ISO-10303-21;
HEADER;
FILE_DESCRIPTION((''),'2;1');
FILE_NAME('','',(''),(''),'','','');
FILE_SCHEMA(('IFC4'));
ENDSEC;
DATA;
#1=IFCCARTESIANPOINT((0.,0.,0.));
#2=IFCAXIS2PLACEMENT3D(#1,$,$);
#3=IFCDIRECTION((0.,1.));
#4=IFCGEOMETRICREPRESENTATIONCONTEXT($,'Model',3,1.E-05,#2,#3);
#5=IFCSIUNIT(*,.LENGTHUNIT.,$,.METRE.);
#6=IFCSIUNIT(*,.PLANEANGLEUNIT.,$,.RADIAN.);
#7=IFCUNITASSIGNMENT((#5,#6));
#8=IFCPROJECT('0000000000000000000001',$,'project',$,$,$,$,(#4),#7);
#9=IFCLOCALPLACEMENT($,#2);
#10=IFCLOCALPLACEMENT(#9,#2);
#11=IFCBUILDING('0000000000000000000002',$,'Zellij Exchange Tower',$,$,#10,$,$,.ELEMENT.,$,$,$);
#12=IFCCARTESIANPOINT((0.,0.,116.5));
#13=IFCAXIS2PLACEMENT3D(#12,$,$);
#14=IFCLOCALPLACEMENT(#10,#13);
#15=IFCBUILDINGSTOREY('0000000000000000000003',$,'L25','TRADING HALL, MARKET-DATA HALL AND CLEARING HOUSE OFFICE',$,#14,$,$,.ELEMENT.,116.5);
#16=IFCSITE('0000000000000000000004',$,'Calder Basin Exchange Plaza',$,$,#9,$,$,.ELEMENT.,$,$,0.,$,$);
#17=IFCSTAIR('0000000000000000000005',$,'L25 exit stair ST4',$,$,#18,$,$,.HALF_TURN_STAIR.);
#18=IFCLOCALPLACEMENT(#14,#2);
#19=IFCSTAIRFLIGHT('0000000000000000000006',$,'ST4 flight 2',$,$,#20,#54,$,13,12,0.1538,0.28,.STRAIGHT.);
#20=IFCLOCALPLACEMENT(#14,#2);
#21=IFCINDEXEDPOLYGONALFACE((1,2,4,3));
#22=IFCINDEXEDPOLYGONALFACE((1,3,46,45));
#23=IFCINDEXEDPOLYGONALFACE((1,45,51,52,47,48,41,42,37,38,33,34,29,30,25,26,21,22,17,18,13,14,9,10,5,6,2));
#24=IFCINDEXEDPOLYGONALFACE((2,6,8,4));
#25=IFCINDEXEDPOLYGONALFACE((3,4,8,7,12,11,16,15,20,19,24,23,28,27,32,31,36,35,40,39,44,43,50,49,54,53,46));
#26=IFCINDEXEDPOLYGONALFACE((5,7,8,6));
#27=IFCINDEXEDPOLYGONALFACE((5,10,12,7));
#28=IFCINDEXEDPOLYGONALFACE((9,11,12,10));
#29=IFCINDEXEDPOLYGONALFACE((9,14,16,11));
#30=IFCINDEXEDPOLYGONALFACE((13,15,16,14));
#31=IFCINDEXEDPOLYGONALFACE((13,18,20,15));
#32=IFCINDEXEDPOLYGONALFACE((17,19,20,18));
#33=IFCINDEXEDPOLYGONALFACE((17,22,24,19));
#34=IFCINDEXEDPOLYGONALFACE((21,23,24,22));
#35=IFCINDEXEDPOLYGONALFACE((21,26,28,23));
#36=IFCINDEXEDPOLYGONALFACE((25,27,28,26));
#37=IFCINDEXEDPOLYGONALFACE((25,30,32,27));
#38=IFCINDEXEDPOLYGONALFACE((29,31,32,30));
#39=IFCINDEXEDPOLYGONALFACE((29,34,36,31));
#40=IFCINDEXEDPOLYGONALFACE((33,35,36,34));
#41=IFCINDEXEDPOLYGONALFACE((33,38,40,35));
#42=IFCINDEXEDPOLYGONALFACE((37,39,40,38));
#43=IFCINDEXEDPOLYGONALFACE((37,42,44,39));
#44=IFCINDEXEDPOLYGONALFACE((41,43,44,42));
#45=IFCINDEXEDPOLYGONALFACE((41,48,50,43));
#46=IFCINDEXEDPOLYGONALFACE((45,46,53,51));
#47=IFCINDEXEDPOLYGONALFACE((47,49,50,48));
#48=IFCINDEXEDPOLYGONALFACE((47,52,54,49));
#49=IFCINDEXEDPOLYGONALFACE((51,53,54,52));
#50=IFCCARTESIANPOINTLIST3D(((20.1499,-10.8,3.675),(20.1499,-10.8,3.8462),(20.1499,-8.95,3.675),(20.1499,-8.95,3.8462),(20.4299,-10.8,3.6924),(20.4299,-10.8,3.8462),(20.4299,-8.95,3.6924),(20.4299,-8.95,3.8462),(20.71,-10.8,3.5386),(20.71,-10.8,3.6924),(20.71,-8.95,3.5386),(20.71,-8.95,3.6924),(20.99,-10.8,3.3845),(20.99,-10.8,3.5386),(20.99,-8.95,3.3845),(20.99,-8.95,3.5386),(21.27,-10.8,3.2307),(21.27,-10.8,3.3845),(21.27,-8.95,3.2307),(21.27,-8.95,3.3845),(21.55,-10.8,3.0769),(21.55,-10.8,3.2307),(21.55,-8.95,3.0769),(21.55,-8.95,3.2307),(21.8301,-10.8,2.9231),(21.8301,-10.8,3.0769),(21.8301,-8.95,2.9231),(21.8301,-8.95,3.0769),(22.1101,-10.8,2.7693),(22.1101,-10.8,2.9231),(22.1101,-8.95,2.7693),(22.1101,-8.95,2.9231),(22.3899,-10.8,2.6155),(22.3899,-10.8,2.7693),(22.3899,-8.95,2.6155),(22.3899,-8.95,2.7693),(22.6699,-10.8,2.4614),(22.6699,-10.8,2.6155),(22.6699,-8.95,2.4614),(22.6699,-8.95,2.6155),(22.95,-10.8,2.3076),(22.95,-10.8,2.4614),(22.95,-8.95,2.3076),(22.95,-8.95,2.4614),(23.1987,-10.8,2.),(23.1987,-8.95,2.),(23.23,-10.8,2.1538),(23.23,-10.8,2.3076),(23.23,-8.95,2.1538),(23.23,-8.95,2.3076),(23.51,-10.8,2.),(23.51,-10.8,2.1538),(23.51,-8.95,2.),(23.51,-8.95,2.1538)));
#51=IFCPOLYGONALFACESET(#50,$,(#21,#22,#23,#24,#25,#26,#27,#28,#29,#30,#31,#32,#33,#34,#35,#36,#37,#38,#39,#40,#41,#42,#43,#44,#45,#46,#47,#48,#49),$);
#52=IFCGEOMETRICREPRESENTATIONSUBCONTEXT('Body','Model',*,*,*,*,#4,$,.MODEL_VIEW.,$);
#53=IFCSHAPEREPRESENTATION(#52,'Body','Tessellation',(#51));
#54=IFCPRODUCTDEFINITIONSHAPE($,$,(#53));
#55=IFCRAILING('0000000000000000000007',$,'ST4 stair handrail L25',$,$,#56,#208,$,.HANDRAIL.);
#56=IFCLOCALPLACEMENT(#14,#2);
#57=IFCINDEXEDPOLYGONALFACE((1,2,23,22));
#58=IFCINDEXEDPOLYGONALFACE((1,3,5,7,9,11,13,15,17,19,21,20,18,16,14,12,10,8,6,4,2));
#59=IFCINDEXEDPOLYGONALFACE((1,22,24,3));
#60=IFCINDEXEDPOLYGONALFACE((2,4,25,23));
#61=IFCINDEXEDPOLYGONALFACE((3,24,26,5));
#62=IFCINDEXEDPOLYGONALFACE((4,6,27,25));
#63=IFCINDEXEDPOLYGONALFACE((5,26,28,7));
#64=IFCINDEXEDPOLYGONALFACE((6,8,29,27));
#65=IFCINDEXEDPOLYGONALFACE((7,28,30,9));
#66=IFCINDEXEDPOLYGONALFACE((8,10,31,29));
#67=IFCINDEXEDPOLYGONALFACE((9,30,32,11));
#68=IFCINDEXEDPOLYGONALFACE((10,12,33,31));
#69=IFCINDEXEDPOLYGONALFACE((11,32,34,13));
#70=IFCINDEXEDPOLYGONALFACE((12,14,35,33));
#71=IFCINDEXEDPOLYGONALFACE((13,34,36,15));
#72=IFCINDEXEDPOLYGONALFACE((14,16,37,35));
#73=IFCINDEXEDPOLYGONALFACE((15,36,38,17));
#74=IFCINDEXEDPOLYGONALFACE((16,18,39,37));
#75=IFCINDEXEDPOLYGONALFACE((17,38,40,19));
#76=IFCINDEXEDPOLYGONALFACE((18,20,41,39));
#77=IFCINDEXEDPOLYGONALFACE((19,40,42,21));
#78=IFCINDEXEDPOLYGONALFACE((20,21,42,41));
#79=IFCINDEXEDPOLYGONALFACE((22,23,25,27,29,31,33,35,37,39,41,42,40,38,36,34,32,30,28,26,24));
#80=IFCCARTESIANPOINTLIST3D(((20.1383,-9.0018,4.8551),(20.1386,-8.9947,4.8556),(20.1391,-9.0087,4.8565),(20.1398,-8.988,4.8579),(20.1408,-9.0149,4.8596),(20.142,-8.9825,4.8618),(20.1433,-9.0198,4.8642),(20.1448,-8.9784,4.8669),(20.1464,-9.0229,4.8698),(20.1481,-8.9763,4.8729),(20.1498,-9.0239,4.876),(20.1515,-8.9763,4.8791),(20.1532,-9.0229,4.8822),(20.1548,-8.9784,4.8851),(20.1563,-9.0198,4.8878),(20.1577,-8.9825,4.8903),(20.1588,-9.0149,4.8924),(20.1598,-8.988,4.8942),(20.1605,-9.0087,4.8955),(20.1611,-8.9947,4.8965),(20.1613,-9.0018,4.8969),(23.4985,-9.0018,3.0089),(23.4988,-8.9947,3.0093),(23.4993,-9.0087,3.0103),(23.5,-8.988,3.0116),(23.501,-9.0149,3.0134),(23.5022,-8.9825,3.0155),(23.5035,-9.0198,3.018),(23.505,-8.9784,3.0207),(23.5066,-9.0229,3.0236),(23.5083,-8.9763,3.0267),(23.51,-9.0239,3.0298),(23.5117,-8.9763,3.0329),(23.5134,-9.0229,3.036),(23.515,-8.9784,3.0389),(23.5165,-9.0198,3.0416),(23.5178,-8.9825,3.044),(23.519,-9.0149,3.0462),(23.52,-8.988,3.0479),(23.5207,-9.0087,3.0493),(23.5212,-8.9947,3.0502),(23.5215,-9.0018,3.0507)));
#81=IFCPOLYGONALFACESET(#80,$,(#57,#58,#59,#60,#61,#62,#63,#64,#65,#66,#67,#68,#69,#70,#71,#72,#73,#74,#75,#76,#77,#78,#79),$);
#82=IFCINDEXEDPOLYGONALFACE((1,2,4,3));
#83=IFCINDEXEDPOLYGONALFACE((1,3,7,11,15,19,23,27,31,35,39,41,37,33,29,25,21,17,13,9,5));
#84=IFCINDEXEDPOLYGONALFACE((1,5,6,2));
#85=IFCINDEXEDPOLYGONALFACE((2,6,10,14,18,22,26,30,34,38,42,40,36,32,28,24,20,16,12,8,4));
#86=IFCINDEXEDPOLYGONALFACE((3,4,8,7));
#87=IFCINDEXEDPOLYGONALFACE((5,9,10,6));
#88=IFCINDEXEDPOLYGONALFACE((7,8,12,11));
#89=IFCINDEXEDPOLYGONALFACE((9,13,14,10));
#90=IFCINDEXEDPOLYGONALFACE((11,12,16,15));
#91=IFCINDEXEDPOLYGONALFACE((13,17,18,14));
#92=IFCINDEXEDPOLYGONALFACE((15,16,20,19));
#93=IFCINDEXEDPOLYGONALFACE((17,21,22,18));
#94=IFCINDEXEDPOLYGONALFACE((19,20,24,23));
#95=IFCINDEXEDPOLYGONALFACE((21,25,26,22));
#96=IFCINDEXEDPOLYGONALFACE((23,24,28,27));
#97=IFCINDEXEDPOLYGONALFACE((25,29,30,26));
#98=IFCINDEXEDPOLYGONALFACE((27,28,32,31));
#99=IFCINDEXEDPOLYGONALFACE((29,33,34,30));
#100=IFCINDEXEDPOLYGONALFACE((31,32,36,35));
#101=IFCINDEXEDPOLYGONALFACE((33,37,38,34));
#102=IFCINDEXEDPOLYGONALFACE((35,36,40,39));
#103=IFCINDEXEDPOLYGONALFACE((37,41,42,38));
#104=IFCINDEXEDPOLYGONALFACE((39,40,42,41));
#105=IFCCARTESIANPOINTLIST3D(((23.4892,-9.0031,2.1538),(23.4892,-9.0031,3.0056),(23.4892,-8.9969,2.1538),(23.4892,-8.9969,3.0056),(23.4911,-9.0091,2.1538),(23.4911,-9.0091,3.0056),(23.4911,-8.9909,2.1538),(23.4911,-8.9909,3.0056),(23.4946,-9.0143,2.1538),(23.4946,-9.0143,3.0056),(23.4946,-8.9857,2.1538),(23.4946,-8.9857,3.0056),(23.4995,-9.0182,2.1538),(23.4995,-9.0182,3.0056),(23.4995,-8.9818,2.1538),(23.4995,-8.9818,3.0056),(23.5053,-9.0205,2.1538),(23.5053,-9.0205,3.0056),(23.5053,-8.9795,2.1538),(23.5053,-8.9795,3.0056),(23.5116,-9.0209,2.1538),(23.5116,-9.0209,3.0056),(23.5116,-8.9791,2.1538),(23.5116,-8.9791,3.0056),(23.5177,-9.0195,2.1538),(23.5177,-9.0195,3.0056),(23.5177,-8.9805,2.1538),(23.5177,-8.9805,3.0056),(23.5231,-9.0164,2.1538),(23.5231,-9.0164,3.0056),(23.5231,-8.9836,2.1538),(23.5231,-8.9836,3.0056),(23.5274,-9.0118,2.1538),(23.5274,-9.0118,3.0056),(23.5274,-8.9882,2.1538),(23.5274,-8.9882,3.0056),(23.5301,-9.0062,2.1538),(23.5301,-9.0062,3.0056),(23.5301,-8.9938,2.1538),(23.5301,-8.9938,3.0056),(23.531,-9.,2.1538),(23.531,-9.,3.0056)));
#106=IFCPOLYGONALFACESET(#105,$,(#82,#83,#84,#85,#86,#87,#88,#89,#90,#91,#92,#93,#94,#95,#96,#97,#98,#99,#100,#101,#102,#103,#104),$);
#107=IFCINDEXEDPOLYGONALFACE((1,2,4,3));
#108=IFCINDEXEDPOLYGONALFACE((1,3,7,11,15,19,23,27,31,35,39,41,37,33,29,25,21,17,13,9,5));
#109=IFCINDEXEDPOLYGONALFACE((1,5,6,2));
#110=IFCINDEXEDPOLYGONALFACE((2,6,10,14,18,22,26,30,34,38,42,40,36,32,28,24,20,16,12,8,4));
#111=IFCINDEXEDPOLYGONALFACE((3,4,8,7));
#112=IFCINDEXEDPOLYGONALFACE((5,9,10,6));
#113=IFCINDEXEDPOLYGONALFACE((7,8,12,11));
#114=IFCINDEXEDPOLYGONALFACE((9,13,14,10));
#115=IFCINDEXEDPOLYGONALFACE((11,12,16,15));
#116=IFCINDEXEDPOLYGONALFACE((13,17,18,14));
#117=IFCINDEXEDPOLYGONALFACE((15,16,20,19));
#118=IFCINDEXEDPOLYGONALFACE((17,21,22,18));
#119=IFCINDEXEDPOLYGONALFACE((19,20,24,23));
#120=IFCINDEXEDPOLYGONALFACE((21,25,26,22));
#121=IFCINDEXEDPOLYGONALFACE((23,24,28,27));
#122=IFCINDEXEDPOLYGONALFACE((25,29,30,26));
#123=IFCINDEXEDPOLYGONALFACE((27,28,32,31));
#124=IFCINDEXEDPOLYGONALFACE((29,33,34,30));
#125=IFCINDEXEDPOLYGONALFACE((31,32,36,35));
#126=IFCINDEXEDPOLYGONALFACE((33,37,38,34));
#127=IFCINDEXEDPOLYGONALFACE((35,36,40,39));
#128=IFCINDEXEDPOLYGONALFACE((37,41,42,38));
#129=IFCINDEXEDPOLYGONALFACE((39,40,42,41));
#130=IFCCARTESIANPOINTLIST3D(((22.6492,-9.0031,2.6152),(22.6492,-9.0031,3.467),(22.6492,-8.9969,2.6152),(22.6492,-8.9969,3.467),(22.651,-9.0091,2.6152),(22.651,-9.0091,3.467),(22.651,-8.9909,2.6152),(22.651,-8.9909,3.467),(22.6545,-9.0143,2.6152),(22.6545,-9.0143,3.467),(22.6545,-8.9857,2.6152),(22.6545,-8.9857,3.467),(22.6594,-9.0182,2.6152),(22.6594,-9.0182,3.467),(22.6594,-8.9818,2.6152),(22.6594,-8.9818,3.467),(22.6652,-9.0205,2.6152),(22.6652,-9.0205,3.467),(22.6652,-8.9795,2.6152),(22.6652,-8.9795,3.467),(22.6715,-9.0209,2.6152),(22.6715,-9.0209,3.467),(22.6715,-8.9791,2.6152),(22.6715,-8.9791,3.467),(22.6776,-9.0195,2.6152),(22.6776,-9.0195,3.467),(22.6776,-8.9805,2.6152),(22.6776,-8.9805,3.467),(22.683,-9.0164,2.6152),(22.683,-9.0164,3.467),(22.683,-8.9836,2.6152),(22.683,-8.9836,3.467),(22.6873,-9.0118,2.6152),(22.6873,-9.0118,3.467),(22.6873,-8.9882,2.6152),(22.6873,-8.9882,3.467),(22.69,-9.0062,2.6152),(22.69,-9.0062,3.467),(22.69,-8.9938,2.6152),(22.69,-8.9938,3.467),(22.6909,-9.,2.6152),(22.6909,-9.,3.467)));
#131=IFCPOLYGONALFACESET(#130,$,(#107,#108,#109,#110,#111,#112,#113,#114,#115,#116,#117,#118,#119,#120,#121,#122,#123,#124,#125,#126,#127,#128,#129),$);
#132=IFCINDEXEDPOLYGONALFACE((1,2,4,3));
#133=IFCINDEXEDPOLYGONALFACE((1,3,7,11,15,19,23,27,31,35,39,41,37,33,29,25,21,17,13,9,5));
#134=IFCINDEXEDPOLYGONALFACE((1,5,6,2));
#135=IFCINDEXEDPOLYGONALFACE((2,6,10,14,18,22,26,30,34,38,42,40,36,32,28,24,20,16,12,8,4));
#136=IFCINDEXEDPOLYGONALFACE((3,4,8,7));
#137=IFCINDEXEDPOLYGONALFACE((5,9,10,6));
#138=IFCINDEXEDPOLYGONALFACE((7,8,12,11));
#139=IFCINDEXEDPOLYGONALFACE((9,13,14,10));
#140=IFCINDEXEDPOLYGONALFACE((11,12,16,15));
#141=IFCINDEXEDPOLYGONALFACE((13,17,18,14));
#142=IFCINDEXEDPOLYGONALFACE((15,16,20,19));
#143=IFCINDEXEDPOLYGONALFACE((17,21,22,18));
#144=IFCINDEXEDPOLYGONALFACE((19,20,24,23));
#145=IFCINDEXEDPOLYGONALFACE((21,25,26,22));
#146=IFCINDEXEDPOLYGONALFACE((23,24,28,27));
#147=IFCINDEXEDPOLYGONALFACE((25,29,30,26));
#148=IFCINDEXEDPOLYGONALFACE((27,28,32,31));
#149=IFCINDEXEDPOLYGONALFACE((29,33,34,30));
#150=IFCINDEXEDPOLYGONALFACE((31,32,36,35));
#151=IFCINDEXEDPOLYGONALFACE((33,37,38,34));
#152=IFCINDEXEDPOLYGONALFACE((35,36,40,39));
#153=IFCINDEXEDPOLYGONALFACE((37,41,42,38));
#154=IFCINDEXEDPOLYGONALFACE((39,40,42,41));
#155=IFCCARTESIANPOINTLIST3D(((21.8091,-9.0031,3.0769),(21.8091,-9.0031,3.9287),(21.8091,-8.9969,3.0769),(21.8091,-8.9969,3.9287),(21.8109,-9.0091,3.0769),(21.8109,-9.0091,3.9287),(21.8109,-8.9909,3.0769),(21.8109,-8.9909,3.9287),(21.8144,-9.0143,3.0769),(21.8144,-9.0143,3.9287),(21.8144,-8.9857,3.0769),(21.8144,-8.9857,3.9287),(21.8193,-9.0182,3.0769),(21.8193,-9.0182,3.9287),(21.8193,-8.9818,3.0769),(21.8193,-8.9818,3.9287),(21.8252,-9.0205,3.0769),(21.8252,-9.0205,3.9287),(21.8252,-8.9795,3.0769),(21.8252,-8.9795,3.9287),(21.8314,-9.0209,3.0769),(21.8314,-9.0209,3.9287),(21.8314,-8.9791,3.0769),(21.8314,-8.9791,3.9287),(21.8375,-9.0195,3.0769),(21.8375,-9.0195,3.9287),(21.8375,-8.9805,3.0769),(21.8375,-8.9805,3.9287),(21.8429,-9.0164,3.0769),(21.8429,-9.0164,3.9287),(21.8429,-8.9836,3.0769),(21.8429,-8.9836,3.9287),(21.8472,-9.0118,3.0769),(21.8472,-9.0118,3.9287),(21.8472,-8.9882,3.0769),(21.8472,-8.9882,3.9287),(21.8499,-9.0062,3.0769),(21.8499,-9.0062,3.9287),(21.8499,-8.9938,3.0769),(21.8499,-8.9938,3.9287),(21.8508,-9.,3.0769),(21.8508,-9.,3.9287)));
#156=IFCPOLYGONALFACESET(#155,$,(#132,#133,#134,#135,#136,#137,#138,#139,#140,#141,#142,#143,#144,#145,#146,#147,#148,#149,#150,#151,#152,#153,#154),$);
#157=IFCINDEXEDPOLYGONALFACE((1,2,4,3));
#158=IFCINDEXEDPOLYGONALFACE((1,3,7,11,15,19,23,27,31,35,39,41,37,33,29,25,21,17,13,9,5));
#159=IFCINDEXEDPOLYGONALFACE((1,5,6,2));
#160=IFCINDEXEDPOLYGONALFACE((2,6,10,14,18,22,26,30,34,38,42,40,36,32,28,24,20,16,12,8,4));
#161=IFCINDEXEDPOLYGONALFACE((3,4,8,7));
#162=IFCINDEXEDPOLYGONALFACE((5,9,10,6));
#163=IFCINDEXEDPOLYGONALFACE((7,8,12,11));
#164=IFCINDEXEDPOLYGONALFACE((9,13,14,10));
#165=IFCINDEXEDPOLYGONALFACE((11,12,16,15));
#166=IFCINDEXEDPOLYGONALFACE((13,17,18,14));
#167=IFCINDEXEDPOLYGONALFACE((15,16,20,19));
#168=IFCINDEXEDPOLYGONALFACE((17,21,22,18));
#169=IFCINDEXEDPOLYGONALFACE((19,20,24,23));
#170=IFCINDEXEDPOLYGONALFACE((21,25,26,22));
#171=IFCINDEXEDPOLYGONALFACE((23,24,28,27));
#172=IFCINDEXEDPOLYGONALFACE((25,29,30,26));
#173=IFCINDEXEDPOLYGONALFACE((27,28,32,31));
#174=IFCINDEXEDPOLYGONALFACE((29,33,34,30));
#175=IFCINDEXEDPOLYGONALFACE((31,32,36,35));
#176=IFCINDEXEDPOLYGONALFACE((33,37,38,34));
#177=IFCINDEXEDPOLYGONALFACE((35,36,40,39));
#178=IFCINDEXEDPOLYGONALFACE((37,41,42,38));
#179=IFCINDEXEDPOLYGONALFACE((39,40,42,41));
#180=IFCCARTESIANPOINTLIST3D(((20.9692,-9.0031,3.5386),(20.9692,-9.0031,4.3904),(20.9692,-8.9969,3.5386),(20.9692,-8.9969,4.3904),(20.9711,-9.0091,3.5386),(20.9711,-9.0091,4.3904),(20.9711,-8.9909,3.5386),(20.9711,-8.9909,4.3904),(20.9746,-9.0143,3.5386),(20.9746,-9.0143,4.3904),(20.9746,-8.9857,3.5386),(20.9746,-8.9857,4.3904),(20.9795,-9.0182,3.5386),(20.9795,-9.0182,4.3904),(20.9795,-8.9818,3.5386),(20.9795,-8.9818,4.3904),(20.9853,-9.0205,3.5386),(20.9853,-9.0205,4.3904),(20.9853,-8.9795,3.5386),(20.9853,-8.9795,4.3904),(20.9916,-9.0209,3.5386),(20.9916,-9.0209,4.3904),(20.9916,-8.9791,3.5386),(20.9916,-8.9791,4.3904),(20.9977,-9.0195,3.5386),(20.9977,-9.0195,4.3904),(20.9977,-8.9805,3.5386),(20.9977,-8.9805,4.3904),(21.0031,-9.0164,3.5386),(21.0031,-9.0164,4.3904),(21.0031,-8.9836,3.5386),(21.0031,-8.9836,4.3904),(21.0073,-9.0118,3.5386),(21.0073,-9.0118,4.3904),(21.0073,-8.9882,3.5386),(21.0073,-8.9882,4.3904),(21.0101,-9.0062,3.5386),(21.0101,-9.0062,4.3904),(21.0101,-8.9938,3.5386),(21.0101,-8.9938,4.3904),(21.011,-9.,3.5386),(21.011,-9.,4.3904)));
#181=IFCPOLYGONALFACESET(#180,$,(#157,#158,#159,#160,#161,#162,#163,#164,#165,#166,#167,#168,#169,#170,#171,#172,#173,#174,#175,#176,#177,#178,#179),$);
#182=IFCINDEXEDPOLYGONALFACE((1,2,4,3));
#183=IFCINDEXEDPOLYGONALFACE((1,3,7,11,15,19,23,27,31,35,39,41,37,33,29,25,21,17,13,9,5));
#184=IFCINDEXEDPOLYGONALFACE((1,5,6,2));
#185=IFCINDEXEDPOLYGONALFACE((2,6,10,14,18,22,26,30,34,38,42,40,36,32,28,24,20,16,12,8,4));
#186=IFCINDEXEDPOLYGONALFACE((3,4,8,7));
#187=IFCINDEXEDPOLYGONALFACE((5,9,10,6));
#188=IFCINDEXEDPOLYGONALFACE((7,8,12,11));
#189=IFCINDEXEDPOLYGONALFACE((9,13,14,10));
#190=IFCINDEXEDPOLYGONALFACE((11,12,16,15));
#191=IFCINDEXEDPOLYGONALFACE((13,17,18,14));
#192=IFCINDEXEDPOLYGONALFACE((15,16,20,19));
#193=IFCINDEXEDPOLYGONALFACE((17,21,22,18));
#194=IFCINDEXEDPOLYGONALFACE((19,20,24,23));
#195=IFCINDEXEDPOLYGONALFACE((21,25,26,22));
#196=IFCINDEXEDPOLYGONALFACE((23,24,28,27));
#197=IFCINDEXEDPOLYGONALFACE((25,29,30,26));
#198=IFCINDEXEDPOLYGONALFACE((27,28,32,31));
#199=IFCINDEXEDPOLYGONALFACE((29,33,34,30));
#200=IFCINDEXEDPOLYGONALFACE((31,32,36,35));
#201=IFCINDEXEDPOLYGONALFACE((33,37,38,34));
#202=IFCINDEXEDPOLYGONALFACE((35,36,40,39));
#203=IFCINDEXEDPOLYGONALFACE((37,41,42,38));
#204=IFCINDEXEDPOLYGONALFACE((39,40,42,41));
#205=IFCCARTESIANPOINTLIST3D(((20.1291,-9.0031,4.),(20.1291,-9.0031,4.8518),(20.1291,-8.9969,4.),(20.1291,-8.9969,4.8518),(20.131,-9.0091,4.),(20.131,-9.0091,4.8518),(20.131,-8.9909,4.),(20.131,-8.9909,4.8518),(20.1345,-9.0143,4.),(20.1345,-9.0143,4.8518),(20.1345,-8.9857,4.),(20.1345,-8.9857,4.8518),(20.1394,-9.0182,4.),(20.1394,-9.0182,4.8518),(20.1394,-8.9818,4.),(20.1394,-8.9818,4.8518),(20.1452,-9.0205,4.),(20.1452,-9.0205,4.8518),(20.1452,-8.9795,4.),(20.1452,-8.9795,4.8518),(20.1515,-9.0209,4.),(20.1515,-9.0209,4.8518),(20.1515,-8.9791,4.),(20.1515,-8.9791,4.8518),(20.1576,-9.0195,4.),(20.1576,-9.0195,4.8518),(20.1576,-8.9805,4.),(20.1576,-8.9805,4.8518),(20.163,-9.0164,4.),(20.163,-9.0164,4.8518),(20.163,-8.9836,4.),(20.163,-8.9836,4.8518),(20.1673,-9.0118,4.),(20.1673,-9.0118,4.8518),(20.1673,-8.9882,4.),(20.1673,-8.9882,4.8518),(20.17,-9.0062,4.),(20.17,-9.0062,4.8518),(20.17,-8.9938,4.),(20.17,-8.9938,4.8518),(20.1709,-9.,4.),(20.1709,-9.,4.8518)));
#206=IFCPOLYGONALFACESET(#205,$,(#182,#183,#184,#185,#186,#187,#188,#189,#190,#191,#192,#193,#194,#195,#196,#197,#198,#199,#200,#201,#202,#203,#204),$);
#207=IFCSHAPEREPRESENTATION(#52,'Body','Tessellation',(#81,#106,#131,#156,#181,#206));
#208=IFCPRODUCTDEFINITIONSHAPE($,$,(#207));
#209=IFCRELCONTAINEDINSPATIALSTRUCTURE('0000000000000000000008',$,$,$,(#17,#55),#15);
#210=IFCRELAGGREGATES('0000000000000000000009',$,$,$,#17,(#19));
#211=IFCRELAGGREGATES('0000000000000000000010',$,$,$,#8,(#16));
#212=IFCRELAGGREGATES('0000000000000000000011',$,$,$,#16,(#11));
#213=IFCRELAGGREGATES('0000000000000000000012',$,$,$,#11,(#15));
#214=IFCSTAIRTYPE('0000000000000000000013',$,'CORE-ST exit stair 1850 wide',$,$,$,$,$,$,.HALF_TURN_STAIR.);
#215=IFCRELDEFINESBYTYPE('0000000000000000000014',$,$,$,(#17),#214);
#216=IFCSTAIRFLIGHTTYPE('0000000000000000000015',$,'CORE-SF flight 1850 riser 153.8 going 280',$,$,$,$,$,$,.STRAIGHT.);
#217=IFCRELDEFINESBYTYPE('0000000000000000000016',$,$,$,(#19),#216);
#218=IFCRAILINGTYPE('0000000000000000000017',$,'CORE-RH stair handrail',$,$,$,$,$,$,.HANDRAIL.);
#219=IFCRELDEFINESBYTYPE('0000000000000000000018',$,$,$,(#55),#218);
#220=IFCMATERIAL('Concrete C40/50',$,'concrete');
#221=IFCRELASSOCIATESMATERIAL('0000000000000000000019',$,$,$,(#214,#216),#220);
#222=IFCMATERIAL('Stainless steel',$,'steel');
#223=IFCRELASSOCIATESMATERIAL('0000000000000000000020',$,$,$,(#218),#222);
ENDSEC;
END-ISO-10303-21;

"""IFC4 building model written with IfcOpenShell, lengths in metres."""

from ifc_helpers import new_model, si_unit, direction, frame, origin, origin_2d, place, context, subcontext, project, spatial, polyline, circle, outline, extrude, material, type_object, element, aggregate, save


model = new_model("IFC4")

# Units and contexts
model_context = context("Model", 3, precision=1e-05, world=origin(), true_north=direction((0.0, 1.0)))
body_context = subcontext(model_context, "Body", "Model", "MODEL_VIEW")
ifc_project = project(units=[si_unit("LENGTHUNIT", "METRE"), si_unit("PLANEANGLEUNIT", "RADIAN")], contexts=[model_context])

# Site, building, storey
site_placement = place(None, origin())
site = spatial("IfcSite", under=ifc_project, at=site_placement, Name="Calder Basin Exchange Plaza", CompositionType="ELEMENT", RefElevation=0.0)
building_placement = place(site_placement, origin())
building = spatial("IfcBuilding", under=site, at=building_placement, Name="Zellij Exchange Tower", CompositionType="ELEMENT")
storey_placement = place(building_placement, frame((0.0, 0.0, 116.5)))
storey = spatial("IfcBuildingStorey", under=building, at=storey_placement, Name="L25", Description="TRADING HALL, MARKET-DATA HALL AND CLEARING HOUSE OFFICE", CompositionType="ELEMENT", Elevation=116.5)

# Stair, stair flight
ifc_material_1 = material(Name="Concrete C40/50", Category="concrete")
stair_type = type_object("IfcStairType", Name="CORE-ST exit stair 1850 wide", PredefinedType="HALF_TURN_STAIR", material=ifc_material_1)
stair_placement = place(storey_placement, origin())
stair = element("IfcStair", 1, at=stair_placement, inside=storey, type_object=stair_type, Name="L25 exit stair ST4", PredefinedType="HALF_TURN_STAIR")
stair_flight_type = type_object("IfcStairFlightType", Name="CORE-SF flight 1850 riser 153.8 going 280", PredefinedType="STRAIGHT", material=ifc_material_1)
stair_flight_placement = place(storey_placement, frame((23.51, -9.875, 2.0), z_axis=(0.0, 0.0, 1.0), x_axis=(-1.0, 0.0, 0.0)))
stair_flight = element("IfcStairFlight", 2, at=stair_flight_placement, type_object=stair_flight_type, Name="ST4 flight 2", NumberOfRisers=13, NumberOfTreads=12, PredefinedType="STRAIGHT", RiserHeight=0.1538, TreadLength=0.28, context=body_context, shape_type="SweptSolid", body=[
    extrude(outline(polyline([(0.0, 0.0), (0.0, 0.1538), (0.28, 0.1538), (0.28, 0.3076), (0.5601, 0.3076), (0.5601, 0.4614), (0.8401, 0.4614), (0.8401, 0.6155), (1.1201, 0.6155), (1.1201, 0.7693), (1.3999, 0.7693), (1.3999, 0.9231), (1.6799, 0.9231), (1.6799, 1.0769), (1.96, 1.0769), (1.96, 1.2307), (2.24, 1.2307), (2.24, 1.3845), (2.52, 1.3845), (2.52, 1.5386), (2.8, 1.5386), (2.8, 1.6924), (3.0801, 1.6924), (3.0801, 1.8462), (3.3601, 1.8462), (3.3601, 2.0), (3.3601, 1.675), (0.3113, 0.0), (0.0, 0.0)])), frame((0.0, 0.925, 0.0), z_axis=(0.0, -1.0, 0.0), x_axis=(1.0, 0.0, 0.0)), (0.0, 0.0, 1.0), 1.8501),
])
aggregate(stair, [stair_flight])

# Railing
ifc_material_2 = material(Name="Stainless steel", Category="steel")
railing_type = type_object("IfcRailingType", Name="CORE-RH stair handrail", PredefinedType="HANDRAIL", material=ifc_material_2)
railing_placement = place(storey_placement, frame((23.51, -9.0, 2.1538)))
element("IfcRailing", 3, at=railing_placement, inside=storey, type_object=railing_type, Name="ST4 stair handrail L25", PredefinedType="HANDRAIL", context=body_context, shape_type="SweptSolid", body=[
    extrude(circle(Radius=0.0239, at=origin_2d()), frame((0.0, 0.0, 0.876), z_axis=(-0.876422, 0.0, 0.481545), x_axis=(0.0, -1.0, 0.0)), (0.0, 0.0, 1.0), 3.834),
    extrude(circle(Radius=0.021, at=origin_2d()), origin(), (0.0, 0.0, 1.0), 0.8518),
    extrude(circle(Radius=0.021, at=origin_2d()), frame((-0.8401, 0.0, 0.4614)), (0.0, 0.0, 1.0), 0.8518),
    extrude(circle(Radius=0.021, at=origin_2d()), frame((-1.6802, 0.0, 0.9231)), (0.0, 0.0, 1.0), 0.8518),
    extrude(circle(Radius=0.021, at=origin_2d()), frame((-2.52, 0.0, 1.3848)), (0.0, 0.0, 1.0), 0.8518),
    extrude(circle(Radius=0.021, at=origin_2d()), frame((-3.3601, 0.0, 1.8462)), (0.0, 0.0, 1.0), 0.8518),
])

save(model, "model.ifc")
